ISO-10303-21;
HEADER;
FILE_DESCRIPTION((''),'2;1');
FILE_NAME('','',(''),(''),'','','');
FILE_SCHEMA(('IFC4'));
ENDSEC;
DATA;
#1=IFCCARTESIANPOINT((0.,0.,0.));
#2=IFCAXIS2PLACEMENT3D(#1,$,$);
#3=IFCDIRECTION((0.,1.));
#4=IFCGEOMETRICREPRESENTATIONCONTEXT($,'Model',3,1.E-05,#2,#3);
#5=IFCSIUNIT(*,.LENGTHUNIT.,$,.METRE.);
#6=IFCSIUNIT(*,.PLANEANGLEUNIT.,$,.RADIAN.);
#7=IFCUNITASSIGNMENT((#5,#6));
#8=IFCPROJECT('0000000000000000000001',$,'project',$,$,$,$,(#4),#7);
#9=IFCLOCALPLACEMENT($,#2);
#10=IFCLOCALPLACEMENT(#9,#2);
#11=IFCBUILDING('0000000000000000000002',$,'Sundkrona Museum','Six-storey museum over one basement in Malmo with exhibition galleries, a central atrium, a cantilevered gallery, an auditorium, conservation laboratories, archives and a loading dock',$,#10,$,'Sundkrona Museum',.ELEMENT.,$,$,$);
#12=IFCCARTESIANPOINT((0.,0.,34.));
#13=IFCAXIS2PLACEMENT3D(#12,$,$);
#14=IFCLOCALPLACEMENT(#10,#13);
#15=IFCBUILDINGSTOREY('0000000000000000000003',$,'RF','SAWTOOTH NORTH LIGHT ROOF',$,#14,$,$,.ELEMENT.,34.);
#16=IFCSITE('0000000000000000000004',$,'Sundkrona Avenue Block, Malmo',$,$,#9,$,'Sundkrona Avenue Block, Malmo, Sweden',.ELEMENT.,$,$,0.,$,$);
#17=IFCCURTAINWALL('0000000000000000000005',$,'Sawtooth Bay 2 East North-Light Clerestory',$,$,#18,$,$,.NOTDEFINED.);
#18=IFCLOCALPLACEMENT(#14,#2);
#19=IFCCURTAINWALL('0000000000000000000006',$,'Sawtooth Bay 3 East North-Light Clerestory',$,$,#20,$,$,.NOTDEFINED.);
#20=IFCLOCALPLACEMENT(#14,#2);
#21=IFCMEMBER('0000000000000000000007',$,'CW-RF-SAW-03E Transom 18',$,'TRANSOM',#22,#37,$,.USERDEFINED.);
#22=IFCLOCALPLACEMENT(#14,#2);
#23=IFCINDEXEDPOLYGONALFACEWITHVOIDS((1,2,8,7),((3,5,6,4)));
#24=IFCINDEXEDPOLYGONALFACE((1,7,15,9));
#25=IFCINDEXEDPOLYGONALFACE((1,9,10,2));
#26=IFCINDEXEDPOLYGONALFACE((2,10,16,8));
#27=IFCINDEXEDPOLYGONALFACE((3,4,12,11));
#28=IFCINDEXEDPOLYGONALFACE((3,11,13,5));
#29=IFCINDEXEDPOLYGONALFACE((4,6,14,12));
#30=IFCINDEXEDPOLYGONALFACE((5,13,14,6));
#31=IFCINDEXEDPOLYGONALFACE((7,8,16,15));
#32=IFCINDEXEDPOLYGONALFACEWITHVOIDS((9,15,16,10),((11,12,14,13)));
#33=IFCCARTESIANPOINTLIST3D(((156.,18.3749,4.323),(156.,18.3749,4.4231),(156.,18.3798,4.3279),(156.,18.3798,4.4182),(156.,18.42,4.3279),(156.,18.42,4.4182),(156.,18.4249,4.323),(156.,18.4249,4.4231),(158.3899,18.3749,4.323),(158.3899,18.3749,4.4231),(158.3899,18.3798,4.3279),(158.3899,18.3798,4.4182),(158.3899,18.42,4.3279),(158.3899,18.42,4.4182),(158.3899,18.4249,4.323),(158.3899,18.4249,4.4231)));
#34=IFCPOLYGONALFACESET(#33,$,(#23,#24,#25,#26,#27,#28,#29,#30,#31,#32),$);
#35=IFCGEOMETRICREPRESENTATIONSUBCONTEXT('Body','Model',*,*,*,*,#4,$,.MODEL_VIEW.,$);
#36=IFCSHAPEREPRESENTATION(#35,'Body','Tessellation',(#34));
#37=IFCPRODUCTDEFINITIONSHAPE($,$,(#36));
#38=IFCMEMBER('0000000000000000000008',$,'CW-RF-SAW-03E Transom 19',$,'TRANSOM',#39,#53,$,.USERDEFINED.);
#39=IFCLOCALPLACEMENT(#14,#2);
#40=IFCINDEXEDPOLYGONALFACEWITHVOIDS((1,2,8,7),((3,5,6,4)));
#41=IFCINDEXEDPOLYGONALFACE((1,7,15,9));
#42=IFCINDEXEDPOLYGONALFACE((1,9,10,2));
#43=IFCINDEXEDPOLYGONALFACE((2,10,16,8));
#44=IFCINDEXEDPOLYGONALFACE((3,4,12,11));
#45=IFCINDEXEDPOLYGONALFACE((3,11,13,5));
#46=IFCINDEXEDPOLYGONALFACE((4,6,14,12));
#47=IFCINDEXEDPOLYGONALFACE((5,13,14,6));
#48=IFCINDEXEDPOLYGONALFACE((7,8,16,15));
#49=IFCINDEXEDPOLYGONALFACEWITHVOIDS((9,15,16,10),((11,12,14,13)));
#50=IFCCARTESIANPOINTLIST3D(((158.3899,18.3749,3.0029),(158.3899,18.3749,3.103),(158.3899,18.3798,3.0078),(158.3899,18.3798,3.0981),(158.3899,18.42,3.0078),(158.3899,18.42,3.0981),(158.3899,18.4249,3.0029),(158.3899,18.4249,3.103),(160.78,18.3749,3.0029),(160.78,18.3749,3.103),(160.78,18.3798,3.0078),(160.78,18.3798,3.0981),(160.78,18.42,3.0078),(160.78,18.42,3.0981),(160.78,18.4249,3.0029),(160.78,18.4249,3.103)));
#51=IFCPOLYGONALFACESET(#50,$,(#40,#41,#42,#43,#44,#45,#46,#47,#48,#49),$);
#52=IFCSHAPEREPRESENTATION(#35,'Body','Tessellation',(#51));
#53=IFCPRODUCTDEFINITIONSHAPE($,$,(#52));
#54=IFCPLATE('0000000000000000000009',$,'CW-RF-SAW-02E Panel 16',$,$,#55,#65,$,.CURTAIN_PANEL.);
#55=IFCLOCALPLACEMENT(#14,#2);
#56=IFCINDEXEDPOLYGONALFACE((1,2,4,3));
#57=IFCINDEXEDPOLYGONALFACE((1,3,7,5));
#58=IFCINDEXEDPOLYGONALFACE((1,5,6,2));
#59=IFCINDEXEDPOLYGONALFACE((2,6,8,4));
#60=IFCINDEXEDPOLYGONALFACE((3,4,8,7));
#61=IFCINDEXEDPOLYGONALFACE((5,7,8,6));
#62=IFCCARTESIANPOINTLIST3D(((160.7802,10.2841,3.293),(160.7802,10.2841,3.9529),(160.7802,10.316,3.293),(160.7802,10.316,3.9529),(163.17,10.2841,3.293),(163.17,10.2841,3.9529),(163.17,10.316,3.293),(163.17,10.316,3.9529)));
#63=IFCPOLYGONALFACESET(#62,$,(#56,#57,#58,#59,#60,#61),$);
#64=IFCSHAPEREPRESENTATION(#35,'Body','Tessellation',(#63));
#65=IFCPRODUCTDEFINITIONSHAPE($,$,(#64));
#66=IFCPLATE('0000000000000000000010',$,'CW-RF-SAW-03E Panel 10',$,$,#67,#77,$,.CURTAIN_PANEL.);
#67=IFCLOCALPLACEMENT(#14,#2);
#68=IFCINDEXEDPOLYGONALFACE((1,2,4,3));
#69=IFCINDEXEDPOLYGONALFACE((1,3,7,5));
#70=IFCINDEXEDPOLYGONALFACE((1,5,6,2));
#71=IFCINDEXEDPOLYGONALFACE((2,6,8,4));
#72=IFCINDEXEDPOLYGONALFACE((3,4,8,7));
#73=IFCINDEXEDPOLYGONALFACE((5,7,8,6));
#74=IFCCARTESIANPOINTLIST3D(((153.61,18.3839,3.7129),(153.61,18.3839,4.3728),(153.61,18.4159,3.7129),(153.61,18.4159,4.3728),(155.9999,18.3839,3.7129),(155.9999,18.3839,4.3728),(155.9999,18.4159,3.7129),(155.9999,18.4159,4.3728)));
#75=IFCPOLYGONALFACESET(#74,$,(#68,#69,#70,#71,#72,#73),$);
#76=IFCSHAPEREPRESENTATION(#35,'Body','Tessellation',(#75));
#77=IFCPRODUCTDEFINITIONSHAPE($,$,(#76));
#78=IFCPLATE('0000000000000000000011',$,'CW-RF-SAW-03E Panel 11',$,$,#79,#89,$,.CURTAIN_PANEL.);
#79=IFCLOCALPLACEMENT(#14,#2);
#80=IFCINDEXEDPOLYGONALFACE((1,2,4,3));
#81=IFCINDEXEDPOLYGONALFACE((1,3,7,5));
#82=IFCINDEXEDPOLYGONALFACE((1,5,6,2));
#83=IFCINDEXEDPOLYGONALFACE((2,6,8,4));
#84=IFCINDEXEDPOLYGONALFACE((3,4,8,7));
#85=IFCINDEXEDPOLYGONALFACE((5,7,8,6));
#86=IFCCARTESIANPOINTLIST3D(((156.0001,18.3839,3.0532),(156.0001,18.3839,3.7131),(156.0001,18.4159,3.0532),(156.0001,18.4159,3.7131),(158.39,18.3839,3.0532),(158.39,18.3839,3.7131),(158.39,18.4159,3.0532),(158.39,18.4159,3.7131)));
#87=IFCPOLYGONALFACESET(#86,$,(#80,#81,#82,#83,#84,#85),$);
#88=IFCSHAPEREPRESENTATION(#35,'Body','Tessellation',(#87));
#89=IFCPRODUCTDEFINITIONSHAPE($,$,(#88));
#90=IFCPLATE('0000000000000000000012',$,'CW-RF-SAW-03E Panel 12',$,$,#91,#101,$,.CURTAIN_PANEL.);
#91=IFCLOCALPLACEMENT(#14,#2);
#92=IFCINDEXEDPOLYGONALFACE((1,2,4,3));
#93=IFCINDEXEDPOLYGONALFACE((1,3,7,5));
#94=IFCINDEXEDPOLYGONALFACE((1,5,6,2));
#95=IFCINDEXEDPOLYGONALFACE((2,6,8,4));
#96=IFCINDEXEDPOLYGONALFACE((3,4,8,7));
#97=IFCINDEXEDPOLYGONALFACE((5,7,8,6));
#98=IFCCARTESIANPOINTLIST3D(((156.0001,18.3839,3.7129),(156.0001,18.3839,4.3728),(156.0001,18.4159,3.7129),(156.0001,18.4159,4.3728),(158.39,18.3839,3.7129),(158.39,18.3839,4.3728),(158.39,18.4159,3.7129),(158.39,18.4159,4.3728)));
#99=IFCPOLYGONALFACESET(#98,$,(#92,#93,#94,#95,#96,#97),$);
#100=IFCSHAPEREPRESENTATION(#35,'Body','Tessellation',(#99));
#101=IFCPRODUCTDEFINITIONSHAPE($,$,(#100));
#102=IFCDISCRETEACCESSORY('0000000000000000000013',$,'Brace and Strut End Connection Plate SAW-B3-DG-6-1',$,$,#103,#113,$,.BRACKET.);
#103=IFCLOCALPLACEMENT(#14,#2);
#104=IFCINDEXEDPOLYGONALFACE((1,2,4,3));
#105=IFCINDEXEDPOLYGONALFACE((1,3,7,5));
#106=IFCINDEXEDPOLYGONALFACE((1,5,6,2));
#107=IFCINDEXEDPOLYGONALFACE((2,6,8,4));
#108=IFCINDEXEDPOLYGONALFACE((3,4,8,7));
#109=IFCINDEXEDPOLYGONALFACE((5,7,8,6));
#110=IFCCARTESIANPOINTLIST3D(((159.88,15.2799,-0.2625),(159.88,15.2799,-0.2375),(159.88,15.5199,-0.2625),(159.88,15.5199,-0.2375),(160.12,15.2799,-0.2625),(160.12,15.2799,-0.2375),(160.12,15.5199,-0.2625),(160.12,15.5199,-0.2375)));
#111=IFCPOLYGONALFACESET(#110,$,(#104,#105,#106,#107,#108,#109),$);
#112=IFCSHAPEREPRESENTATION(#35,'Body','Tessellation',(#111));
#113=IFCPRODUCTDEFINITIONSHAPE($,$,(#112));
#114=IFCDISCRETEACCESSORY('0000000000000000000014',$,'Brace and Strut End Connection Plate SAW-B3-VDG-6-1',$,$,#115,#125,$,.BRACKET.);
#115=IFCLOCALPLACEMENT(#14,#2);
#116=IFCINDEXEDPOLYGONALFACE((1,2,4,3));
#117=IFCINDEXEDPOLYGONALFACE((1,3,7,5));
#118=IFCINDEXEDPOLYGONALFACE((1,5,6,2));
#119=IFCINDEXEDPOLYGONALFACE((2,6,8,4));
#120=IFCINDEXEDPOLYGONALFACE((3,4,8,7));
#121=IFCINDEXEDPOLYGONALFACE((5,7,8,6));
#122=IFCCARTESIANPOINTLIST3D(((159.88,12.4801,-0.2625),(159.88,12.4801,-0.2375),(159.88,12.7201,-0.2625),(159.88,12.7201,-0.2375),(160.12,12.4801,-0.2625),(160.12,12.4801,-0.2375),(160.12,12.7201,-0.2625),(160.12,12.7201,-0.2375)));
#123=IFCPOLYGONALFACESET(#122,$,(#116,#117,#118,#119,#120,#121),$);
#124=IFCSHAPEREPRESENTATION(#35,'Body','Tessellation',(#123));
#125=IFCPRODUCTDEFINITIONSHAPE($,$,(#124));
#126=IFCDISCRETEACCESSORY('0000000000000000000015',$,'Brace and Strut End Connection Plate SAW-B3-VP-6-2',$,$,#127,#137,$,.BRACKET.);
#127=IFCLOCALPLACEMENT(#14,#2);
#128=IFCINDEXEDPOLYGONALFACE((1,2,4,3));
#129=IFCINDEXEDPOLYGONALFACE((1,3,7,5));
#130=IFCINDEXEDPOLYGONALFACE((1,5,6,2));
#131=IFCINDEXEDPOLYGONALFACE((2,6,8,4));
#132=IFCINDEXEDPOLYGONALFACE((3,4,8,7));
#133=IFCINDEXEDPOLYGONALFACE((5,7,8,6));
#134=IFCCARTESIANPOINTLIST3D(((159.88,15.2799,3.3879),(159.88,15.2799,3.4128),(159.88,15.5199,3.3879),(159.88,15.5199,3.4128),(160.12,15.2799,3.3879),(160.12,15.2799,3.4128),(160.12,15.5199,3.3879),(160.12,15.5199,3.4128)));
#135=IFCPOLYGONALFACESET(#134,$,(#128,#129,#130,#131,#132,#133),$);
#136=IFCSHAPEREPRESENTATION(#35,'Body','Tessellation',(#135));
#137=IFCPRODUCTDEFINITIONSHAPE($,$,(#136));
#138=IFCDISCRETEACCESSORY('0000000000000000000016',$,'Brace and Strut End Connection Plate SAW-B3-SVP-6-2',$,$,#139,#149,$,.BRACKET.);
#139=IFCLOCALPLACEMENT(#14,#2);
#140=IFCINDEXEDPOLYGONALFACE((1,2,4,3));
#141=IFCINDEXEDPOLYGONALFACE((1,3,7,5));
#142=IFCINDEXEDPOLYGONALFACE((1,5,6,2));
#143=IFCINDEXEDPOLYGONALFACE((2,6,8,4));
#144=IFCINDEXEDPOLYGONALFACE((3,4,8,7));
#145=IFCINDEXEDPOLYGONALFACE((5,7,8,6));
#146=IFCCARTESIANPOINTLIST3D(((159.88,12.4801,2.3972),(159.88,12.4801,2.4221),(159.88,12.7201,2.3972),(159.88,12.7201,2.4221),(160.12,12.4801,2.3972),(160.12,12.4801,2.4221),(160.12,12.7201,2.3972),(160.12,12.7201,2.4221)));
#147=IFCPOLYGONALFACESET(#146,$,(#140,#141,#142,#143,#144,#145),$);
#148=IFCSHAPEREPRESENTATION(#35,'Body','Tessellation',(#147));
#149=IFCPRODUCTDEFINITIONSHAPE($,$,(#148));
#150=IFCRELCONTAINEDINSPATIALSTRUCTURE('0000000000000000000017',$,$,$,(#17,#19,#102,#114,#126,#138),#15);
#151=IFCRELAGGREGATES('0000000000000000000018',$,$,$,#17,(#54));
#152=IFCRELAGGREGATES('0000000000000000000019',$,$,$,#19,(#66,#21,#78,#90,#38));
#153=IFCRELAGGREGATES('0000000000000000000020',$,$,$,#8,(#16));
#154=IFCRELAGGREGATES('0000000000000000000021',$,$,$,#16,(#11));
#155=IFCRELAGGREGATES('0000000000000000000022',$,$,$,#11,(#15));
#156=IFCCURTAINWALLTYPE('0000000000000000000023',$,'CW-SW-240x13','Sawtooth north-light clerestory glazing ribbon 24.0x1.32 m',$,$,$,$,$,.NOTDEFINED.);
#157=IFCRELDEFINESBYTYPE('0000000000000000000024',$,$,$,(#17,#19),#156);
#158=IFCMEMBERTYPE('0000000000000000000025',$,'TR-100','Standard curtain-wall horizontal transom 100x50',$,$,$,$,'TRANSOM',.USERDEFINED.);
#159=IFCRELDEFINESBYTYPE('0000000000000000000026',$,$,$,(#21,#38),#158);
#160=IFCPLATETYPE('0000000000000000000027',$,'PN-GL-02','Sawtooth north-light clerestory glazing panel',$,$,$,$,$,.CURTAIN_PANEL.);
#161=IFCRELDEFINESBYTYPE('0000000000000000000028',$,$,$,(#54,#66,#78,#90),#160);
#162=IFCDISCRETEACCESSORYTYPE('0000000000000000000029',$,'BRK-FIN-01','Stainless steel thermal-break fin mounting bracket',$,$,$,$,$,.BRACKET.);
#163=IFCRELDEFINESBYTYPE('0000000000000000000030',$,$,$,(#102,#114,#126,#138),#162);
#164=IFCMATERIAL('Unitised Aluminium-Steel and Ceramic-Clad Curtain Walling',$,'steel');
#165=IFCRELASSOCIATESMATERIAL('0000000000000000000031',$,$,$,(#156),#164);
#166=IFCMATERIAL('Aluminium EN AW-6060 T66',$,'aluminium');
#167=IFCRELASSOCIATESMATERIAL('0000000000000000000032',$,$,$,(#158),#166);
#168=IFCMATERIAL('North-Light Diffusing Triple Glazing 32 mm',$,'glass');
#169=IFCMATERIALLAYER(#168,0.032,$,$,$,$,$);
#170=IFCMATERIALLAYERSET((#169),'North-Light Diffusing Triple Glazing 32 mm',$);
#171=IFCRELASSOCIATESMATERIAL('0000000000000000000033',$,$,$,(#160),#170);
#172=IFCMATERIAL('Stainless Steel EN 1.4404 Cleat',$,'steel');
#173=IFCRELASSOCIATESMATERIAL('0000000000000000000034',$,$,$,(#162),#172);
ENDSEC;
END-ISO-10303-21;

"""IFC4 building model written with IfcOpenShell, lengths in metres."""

from ifc_helpers import new_model, si_unit, direction, frame, origin, origin_2d, place, context, subcontext, project, spatial, rectangle, hollow_rectangle, extrude, material, layer, layer_set, material_profile, profile_set, type_object, element, aggregate, save


model = new_model("IFC4")

# Units and contexts
model_context = context("Model", 3, precision=1e-05, world=origin(), true_north=direction((0.0, 1.0)))
body_context = subcontext(model_context, "Body", "Model", "MODEL_VIEW")
ifc_project = project(units=[si_unit("LENGTHUNIT", "METRE"), si_unit("PLANEANGLEUNIT", "RADIAN")], contexts=[model_context])

# Site, building, storey
site_placement = place(None, origin())
site = spatial("IfcSite", under=ifc_project, at=site_placement, Name="Sundkrona Avenue Block, Malmo", LongName="Sundkrona Avenue Block, Malmo, Sweden", CompositionType="ELEMENT", RefElevation=0.0)
building_placement = place(site_placement, origin())
building = spatial("IfcBuilding", under=site, at=building_placement, Name="Sundkrona Museum", Description="Six-storey museum over one basement in Malmo with exhibition galleries, a central atrium, a cantilevered gallery, an auditorium, conservation laboratories, archives and a loading dock", LongName="Sundkrona Museum", CompositionType="ELEMENT")
storey_placement = place(building_placement, frame((0.0, 0.0, 34.0)))
storey = spatial("IfcBuildingStorey", under=building, at=storey_placement, Name="RF", Description="SAWTOOTH NORTH LIGHT ROOF", CompositionType="ELEMENT", Elevation=34.0)

# Curtain wall
ifc_material_1 = material(Name="Unitised Aluminium-Steel and Ceramic-Clad Curtain Walling", Category="steel")
curtain_wall_type = type_object("IfcCurtainWallType", Name="CW-SW-240x13", Description="Sawtooth north-light clerestory glazing ribbon 24.0x1.32 m", PredefinedType="NOTDEFINED", material=ifc_material_1)
curtain_wall_1_placement = place(storey_placement, origin())
curtain_wall_1 = element("IfcCurtainWall", 1, at=curtain_wall_1_placement, inside=storey, type_object=curtain_wall_type, Name="Sawtooth Bay 2 East North-Light Clerestory", PredefinedType="NOTDEFINED")
ifc_material_2 = material(Name="Aluminium EN AW-6060 T66", Category="aluminium")

# Curtain wall
curtain_wall_2_placement = place(storey_placement, origin())
curtain_wall_2 = element("IfcCurtainWall", 2, at=curtain_wall_2_placement, inside=storey, type_object=curtain_wall_type, Name="Sawtooth Bay 3 East North-Light Clerestory", PredefinedType="NOTDEFINED")

# Members
ifc_material_profile_1 = material_profile(ifc_material_2, hollow_rectangle(XDim=0.05, YDim=0.1001, WallThickness=0.0049, at=origin_2d()), Name="RHS 100x50x5.0")
ifc_profile_set_1 = profile_set([ifc_material_profile_1], Name="Aluminium EN AW-6060 T66")
member_type_1 = type_object("IfcMemberType", Name="TR-100", Description="Standard curtain-wall horizontal transom 100x50", ElementType="TRANSOM", PredefinedType="USERDEFINED", material=ifc_profile_set_1)
member_1_placement = place(storey_placement, frame((156.0, 18.3999, 4.373), z_axis=(1.0, 0.0, 0.0), x_axis=(0.0, 1.0, 0.0)))
member_1 = element("IfcMember", 3, at=member_1_placement, type_object=member_type_1, Name="CW-RF-SAW-03E Transom 18", ObjectType="TRANSOM", PredefinedType="USERDEFINED", context=body_context, shape_type="SweptSolid", body=[
    extrude(hollow_rectangle(XDim=0.05, YDim=0.1001, WallThickness=0.0049, at=origin_2d()), origin(), (0.0, 0.0, 1.0), 2.3899),
])
member_2_placement = place(storey_placement, frame((158.3899, 18.3999, 3.053), z_axis=(1.0, 0.0, 0.0), x_axis=(0.0, 1.0, 0.0)))
member_2 = element("IfcMember", 4, at=member_2_placement, type_object=member_type_1, Name="CW-RF-SAW-03E Transom 19", ObjectType="TRANSOM", PredefinedType="USERDEFINED", context=body_context, shape_type="SweptSolid", body=[
    extrude(hollow_rectangle(XDim=0.05, YDim=0.1001, WallThickness=0.0049, at=origin_2d()), origin(), (0.0, 0.0, 1.0), 2.3901),
])

# Plates
ifc_material_3 = material(Name="North-Light Diffusing Triple Glazing 32 mm", Category="glass")
ifc_layer = layer(ifc_material_3, 0.032)
ifc_layer_set = layer_set([ifc_layer], Name="North-Light Diffusing Triple Glazing 32 mm")
plate_type = type_object("IfcPlateType", Name="PN-GL-02", Description="Sawtooth north-light clerestory glazing panel", PredefinedType="CURTAIN_PANEL", material=ifc_layer_set)
plate_1_placement = place(storey_placement, frame((161.9751, 10.3, 3.293), z_axis=(0.0, 0.0, 1.0), x_axis=(1.0, 0.0, 0.0)))
plate_1 = element("IfcPlate", 5, at=plate_1_placement, type_object=plate_type, Name="CW-RF-SAW-02E Panel 16", PredefinedType="CURTAIN_PANEL", context=body_context, shape_type="SweptSolid", body=[
    extrude(rectangle(XDim=2.3899, YDim=0.032, at=origin_2d()), origin(), (0.0, 0.0, 1.0), 0.6599),
])
aggregate(curtain_wall_1, [plate_1])
plate_2_placement = place(storey_placement, frame((154.8049, 18.3999, 3.7129), z_axis=(0.0, 0.0, 1.0), x_axis=(1.0, 0.0, 0.0)))
plate_2 = element("IfcPlate", 6, at=plate_2_placement, type_object=plate_type, Name="CW-RF-SAW-03E Panel 10", PredefinedType="CURTAIN_PANEL", context=body_context, shape_type="SweptSolid", body=[
    extrude(rectangle(XDim=2.3899, YDim=0.032, at=origin_2d()), origin(), (0.0, 0.0, 1.0), 0.6599),
])
plate_3_placement = place(storey_placement, frame((157.1951, 18.3999, 3.0532), z_axis=(0.0, 0.0, 1.0), x_axis=(1.0, 0.0, 0.0)))
plate_3 = element("IfcPlate", 7, at=plate_3_placement, type_object=plate_type, Name="CW-RF-SAW-03E Panel 11", PredefinedType="CURTAIN_PANEL", context=body_context, shape_type="SweptSolid", body=[
    extrude(rectangle(XDim=2.3899, YDim=0.032, at=origin_2d()), origin(), (0.0, 0.0, 1.0), 0.6599),
])
plate_4_placement = place(storey_placement, frame((157.1951, 18.3999, 3.7129), z_axis=(0.0, 0.0, 1.0), x_axis=(1.0, 0.0, 0.0)))
plate_4 = element("IfcPlate", 8, at=plate_4_placement, type_object=plate_type, Name="CW-RF-SAW-03E Panel 12", PredefinedType="CURTAIN_PANEL", context=body_context, shape_type="SweptSolid", body=[
    extrude(rectangle(XDim=2.3899, YDim=0.032, at=origin_2d()), origin(), (0.0, 0.0, 1.0), 0.6599),
])
aggregate(curtain_wall_2, [plate_2, member_1, plate_3, plate_4, member_2])

# Discrete accessories
ifc_material_4 = material(Name="Stainless Steel EN 1.4404 Cleat", Category="steel")
discrete_accessory_type = type_object("IfcDiscreteAccessoryType", Name="BRK-FIN-01", Description="Stainless steel thermal-break fin mounting bracket", PredefinedType="BRACKET", material=ifc_material_4)
for number, where, z_axis, x_axis, name in (
    (9, (160.0, 15.3999, -0.2625), (0.0, 0.0, 1.0), (1.0, 0.0, 0.0), "Brace and Strut End Connection Plate SAW-B3-DG-6-1"),
    (10, (160.0, 12.6001, -0.2625), (0.0, 0.0, 1.0), (1.0, 0.0, 0.0), "Brace and Strut End Connection Plate SAW-B3-VDG-6-1"),
    (11, (160.0, 15.3999, 3.3879), (0.0, 0.0, 1.0), (1.0, 0.0, 0.0), "Brace and Strut End Connection Plate SAW-B3-VP-6-2"),
    (12, (160.0, 12.6001, 2.3972), (0.0, 0.0, 1.0), (1.0, 0.0, 0.0), "Brace and Strut End Connection Plate SAW-B3-SVP-6-2"),
):
    element("IfcDiscreteAccessory", number, at=place(storey_placement, frame(where, z_axis=z_axis, x_axis=x_axis)), inside=storey, type_object=discrete_accessory_type, Name=name, PredefinedType="BRACKET", context=body_context, shape_type="SweptSolid", body=[
        extrude(rectangle(XDim=0.24, YDim=0.24, at=origin_2d()), origin(), (0.0, 0.0, 1.0), 0.0249),
    ])

save(model, "model.ifc")
